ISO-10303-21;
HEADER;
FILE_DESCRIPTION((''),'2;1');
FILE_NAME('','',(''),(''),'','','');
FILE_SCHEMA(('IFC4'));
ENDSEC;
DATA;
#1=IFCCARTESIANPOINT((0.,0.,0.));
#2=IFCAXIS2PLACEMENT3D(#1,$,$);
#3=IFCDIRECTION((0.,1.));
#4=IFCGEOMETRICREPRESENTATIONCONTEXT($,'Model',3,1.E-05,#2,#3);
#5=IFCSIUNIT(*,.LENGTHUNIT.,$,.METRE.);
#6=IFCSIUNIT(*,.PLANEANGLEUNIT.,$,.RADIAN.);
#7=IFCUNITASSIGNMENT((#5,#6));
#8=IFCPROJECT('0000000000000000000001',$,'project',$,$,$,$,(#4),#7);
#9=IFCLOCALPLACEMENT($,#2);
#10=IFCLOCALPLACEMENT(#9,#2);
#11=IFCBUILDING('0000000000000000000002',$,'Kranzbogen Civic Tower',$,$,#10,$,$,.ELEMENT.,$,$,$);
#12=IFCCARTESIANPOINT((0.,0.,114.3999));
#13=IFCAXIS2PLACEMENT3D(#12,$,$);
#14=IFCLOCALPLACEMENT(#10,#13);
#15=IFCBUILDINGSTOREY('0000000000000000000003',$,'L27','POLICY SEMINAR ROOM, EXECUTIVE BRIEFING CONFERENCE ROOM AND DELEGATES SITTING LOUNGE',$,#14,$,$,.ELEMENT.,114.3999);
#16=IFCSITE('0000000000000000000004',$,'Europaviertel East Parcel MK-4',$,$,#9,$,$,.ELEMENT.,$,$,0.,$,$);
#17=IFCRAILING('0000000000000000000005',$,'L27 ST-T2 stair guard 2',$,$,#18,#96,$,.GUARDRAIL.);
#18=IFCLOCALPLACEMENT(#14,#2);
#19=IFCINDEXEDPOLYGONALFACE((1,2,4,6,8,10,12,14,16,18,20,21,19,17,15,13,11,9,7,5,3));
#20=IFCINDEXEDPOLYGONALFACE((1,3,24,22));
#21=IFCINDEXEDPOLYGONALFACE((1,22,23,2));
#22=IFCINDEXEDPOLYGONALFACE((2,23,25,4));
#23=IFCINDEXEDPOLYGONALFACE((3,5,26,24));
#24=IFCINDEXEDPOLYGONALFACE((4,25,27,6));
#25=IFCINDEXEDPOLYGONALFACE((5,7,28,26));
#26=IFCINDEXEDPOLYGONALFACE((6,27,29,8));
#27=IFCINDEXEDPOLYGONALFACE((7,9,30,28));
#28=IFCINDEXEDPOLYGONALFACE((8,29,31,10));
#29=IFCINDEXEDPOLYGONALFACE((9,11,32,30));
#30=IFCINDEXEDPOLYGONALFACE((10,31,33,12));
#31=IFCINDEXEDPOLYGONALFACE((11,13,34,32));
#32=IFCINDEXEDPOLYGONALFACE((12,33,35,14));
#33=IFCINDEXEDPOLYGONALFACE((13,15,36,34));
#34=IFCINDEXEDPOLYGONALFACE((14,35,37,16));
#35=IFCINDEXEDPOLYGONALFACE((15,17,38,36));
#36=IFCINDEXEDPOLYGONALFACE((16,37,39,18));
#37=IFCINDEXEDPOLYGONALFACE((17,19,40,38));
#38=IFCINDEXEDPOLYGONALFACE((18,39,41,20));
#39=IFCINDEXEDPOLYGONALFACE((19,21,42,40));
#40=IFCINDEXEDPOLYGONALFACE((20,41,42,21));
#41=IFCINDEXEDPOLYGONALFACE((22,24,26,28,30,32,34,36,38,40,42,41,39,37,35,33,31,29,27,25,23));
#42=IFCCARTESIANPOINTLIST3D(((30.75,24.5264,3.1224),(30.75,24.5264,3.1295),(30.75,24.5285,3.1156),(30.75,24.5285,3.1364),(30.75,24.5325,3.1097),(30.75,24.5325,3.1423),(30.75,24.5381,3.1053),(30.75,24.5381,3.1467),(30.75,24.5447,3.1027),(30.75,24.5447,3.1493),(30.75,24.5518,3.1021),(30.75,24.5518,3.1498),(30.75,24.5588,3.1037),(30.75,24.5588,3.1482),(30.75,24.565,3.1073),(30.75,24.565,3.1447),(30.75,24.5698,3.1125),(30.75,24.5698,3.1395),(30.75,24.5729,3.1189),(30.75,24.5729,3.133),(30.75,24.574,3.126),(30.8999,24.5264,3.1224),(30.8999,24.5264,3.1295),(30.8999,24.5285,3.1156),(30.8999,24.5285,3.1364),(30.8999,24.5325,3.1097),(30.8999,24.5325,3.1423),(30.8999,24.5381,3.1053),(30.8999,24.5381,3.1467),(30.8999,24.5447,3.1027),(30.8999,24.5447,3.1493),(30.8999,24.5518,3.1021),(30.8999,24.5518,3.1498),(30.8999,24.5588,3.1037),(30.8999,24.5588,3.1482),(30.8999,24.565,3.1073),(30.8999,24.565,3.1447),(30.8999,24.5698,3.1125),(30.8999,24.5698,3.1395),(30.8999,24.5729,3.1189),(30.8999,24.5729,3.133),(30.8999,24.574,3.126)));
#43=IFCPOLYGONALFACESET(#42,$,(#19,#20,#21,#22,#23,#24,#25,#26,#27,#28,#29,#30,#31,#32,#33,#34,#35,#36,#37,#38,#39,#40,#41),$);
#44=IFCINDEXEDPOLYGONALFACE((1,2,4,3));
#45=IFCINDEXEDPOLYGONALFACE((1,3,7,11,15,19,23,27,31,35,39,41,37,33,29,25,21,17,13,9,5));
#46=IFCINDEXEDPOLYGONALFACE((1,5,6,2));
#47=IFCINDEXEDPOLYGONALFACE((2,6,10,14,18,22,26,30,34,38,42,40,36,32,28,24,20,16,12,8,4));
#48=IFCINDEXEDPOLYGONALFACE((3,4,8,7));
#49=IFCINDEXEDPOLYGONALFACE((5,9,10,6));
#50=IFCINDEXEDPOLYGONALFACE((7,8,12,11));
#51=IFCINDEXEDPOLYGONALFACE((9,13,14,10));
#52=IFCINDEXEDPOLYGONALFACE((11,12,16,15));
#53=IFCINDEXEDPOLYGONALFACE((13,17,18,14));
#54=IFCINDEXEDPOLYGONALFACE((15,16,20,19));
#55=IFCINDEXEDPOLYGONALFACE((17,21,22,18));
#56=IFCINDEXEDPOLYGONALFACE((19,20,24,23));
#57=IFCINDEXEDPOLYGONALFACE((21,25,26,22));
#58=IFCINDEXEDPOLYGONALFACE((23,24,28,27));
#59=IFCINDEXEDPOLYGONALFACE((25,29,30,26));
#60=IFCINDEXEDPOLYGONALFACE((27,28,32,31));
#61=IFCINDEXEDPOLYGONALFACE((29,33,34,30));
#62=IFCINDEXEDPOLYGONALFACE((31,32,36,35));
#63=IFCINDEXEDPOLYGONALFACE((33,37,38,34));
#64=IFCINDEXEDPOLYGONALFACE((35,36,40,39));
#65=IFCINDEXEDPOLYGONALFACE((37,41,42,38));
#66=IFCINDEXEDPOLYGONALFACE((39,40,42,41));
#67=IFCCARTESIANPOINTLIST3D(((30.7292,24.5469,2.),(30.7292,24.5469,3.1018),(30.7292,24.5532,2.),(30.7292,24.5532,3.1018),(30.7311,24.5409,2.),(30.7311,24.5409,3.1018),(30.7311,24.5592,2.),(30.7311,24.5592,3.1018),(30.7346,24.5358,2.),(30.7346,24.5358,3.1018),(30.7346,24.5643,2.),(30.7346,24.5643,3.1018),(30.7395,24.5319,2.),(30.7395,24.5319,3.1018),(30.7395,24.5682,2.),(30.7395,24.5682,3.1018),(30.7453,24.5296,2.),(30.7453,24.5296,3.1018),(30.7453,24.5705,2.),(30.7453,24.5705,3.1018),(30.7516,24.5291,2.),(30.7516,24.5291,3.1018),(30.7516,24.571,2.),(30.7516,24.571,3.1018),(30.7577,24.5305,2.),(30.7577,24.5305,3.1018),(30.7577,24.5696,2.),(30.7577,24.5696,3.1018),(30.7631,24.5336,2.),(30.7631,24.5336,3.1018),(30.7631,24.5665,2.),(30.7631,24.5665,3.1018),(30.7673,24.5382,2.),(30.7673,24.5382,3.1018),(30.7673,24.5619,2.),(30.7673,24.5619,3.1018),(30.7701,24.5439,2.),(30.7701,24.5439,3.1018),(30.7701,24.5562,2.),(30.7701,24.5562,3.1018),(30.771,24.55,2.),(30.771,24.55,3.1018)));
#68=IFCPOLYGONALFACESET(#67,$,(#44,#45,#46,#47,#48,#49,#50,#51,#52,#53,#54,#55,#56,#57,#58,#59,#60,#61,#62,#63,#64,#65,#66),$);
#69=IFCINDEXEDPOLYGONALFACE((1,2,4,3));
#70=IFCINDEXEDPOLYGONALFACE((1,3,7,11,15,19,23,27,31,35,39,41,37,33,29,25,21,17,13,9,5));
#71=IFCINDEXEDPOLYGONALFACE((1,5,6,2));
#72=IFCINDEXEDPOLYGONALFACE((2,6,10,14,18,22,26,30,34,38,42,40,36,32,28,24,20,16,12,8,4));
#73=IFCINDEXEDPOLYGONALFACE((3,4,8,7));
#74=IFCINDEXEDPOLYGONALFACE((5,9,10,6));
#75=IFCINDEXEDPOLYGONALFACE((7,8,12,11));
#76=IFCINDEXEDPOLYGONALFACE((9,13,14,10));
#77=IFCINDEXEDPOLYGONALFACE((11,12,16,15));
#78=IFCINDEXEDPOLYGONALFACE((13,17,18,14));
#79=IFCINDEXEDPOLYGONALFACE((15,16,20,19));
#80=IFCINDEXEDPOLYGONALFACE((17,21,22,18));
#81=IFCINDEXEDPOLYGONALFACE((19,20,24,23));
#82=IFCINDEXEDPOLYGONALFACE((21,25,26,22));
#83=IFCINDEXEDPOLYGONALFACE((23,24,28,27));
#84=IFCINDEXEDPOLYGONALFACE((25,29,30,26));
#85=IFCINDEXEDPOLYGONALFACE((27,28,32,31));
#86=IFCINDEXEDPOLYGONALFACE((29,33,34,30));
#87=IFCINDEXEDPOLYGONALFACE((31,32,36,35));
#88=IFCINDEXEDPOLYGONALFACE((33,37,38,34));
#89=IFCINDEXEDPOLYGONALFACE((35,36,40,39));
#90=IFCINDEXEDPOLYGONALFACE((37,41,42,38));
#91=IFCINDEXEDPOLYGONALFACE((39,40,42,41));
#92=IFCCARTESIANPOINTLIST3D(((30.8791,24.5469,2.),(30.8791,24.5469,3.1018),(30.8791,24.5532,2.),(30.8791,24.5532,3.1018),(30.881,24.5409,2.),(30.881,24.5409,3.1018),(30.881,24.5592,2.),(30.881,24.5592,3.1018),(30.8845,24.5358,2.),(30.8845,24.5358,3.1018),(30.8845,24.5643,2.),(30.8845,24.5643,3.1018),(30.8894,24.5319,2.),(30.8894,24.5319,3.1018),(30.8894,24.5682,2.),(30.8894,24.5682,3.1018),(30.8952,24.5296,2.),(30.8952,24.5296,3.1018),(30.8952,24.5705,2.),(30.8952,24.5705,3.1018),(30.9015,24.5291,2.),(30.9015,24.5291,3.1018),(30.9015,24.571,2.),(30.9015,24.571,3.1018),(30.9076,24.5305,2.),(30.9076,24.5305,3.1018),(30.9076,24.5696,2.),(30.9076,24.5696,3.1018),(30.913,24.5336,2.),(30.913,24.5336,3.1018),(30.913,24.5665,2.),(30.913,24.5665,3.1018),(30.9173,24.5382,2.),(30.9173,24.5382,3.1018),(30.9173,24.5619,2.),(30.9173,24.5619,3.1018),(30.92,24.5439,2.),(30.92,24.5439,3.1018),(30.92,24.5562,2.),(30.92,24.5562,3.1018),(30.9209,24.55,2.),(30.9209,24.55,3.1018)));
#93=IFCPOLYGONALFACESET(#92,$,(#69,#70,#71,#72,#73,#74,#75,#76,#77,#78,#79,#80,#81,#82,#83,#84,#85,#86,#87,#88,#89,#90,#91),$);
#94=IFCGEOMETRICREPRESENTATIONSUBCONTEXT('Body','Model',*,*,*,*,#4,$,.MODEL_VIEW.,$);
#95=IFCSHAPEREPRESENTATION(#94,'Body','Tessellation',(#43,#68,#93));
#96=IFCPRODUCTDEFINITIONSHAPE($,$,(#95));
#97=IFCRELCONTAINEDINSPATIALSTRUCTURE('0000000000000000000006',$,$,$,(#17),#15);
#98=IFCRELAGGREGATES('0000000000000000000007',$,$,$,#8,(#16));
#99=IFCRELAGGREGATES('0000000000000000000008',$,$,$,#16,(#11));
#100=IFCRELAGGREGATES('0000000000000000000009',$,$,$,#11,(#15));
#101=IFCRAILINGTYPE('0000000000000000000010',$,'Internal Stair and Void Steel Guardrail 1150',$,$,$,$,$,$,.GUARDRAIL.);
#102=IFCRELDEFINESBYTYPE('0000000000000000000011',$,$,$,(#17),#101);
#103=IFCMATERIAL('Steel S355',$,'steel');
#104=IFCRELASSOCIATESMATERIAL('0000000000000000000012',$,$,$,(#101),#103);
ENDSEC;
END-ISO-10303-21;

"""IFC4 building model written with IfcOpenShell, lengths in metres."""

from ifc_helpers import new_model, si_unit, direction, frame, origin, origin_2d, place, context, subcontext, project, spatial, circle, extrude, material, type_object, element, save


model = new_model("IFC4")

# Units and contexts
model_context = context("Model", 3, precision=1e-05, world=origin(), true_north=direction((0.0, 1.0)))
body_context = subcontext(model_context, "Body", "Model", "MODEL_VIEW")
ifc_project = project(units=[si_unit("LENGTHUNIT", "METRE"), si_unit("PLANEANGLEUNIT", "RADIAN")], contexts=[model_context])

# Site, building, storey
site_placement = place(None, origin())
site = spatial("IfcSite", under=ifc_project, at=site_placement, Name="Europaviertel East Parcel MK-4", CompositionType="ELEMENT", RefElevation=0.0)
building_placement = place(site_placement, origin())
building = spatial("IfcBuilding", under=site, at=building_placement, Name="Kranzbogen Civic Tower", CompositionType="ELEMENT")
storey_placement = place(building_placement, frame((0.0, 0.0, 114.3999)))
storey = spatial("IfcBuildingStorey", under=building, at=storey_placement, Name="L27", Description="POLICY SEMINAR ROOM, EXECUTIVE BRIEFING CONFERENCE ROOM AND DELEGATES SITTING LOUNGE", CompositionType="ELEMENT", Elevation=114.3999)

# Shared definitions
ifc_material_1 = material(Name="Steel S355", Category="steel")

# Railing
railing_type_1 = type_object("IfcRailingType", Name="Internal Stair and Void Steel Guardrail 1150", PredefinedType="GUARDRAIL", material=ifc_material_1)
railing_1_placement = place(storey_placement, frame((30.75, 24.55, 2.0)))
element("IfcRailing", 1, at=railing_1_placement, inside=storey, type_object=railing_type_1, Name="L27 ST-T2 stair guard 2", PredefinedType="GUARDRAIL", context=body_context, shape_type="SweptSolid", body=[
    extrude(circle(Radius=0.0239, at=origin_2d()), frame((0.0, 0.0, 1.126), z_axis=(1.0, 0.0, 0.0), x_axis=(0.0, 1.0, 0.0)), (0.0, 0.0, 1.0), 0.1499),
    extrude(circle(Radius=0.021, at=origin_2d()), origin(), (0.0, 0.0, 1.0), 1.1018),
    extrude(circle(Radius=0.021, at=origin_2d()), frame((0.1499, 0.0, 0.0)), (0.0, 0.0, 1.0), 1.1018),
])

save(model, "model.ifc")
